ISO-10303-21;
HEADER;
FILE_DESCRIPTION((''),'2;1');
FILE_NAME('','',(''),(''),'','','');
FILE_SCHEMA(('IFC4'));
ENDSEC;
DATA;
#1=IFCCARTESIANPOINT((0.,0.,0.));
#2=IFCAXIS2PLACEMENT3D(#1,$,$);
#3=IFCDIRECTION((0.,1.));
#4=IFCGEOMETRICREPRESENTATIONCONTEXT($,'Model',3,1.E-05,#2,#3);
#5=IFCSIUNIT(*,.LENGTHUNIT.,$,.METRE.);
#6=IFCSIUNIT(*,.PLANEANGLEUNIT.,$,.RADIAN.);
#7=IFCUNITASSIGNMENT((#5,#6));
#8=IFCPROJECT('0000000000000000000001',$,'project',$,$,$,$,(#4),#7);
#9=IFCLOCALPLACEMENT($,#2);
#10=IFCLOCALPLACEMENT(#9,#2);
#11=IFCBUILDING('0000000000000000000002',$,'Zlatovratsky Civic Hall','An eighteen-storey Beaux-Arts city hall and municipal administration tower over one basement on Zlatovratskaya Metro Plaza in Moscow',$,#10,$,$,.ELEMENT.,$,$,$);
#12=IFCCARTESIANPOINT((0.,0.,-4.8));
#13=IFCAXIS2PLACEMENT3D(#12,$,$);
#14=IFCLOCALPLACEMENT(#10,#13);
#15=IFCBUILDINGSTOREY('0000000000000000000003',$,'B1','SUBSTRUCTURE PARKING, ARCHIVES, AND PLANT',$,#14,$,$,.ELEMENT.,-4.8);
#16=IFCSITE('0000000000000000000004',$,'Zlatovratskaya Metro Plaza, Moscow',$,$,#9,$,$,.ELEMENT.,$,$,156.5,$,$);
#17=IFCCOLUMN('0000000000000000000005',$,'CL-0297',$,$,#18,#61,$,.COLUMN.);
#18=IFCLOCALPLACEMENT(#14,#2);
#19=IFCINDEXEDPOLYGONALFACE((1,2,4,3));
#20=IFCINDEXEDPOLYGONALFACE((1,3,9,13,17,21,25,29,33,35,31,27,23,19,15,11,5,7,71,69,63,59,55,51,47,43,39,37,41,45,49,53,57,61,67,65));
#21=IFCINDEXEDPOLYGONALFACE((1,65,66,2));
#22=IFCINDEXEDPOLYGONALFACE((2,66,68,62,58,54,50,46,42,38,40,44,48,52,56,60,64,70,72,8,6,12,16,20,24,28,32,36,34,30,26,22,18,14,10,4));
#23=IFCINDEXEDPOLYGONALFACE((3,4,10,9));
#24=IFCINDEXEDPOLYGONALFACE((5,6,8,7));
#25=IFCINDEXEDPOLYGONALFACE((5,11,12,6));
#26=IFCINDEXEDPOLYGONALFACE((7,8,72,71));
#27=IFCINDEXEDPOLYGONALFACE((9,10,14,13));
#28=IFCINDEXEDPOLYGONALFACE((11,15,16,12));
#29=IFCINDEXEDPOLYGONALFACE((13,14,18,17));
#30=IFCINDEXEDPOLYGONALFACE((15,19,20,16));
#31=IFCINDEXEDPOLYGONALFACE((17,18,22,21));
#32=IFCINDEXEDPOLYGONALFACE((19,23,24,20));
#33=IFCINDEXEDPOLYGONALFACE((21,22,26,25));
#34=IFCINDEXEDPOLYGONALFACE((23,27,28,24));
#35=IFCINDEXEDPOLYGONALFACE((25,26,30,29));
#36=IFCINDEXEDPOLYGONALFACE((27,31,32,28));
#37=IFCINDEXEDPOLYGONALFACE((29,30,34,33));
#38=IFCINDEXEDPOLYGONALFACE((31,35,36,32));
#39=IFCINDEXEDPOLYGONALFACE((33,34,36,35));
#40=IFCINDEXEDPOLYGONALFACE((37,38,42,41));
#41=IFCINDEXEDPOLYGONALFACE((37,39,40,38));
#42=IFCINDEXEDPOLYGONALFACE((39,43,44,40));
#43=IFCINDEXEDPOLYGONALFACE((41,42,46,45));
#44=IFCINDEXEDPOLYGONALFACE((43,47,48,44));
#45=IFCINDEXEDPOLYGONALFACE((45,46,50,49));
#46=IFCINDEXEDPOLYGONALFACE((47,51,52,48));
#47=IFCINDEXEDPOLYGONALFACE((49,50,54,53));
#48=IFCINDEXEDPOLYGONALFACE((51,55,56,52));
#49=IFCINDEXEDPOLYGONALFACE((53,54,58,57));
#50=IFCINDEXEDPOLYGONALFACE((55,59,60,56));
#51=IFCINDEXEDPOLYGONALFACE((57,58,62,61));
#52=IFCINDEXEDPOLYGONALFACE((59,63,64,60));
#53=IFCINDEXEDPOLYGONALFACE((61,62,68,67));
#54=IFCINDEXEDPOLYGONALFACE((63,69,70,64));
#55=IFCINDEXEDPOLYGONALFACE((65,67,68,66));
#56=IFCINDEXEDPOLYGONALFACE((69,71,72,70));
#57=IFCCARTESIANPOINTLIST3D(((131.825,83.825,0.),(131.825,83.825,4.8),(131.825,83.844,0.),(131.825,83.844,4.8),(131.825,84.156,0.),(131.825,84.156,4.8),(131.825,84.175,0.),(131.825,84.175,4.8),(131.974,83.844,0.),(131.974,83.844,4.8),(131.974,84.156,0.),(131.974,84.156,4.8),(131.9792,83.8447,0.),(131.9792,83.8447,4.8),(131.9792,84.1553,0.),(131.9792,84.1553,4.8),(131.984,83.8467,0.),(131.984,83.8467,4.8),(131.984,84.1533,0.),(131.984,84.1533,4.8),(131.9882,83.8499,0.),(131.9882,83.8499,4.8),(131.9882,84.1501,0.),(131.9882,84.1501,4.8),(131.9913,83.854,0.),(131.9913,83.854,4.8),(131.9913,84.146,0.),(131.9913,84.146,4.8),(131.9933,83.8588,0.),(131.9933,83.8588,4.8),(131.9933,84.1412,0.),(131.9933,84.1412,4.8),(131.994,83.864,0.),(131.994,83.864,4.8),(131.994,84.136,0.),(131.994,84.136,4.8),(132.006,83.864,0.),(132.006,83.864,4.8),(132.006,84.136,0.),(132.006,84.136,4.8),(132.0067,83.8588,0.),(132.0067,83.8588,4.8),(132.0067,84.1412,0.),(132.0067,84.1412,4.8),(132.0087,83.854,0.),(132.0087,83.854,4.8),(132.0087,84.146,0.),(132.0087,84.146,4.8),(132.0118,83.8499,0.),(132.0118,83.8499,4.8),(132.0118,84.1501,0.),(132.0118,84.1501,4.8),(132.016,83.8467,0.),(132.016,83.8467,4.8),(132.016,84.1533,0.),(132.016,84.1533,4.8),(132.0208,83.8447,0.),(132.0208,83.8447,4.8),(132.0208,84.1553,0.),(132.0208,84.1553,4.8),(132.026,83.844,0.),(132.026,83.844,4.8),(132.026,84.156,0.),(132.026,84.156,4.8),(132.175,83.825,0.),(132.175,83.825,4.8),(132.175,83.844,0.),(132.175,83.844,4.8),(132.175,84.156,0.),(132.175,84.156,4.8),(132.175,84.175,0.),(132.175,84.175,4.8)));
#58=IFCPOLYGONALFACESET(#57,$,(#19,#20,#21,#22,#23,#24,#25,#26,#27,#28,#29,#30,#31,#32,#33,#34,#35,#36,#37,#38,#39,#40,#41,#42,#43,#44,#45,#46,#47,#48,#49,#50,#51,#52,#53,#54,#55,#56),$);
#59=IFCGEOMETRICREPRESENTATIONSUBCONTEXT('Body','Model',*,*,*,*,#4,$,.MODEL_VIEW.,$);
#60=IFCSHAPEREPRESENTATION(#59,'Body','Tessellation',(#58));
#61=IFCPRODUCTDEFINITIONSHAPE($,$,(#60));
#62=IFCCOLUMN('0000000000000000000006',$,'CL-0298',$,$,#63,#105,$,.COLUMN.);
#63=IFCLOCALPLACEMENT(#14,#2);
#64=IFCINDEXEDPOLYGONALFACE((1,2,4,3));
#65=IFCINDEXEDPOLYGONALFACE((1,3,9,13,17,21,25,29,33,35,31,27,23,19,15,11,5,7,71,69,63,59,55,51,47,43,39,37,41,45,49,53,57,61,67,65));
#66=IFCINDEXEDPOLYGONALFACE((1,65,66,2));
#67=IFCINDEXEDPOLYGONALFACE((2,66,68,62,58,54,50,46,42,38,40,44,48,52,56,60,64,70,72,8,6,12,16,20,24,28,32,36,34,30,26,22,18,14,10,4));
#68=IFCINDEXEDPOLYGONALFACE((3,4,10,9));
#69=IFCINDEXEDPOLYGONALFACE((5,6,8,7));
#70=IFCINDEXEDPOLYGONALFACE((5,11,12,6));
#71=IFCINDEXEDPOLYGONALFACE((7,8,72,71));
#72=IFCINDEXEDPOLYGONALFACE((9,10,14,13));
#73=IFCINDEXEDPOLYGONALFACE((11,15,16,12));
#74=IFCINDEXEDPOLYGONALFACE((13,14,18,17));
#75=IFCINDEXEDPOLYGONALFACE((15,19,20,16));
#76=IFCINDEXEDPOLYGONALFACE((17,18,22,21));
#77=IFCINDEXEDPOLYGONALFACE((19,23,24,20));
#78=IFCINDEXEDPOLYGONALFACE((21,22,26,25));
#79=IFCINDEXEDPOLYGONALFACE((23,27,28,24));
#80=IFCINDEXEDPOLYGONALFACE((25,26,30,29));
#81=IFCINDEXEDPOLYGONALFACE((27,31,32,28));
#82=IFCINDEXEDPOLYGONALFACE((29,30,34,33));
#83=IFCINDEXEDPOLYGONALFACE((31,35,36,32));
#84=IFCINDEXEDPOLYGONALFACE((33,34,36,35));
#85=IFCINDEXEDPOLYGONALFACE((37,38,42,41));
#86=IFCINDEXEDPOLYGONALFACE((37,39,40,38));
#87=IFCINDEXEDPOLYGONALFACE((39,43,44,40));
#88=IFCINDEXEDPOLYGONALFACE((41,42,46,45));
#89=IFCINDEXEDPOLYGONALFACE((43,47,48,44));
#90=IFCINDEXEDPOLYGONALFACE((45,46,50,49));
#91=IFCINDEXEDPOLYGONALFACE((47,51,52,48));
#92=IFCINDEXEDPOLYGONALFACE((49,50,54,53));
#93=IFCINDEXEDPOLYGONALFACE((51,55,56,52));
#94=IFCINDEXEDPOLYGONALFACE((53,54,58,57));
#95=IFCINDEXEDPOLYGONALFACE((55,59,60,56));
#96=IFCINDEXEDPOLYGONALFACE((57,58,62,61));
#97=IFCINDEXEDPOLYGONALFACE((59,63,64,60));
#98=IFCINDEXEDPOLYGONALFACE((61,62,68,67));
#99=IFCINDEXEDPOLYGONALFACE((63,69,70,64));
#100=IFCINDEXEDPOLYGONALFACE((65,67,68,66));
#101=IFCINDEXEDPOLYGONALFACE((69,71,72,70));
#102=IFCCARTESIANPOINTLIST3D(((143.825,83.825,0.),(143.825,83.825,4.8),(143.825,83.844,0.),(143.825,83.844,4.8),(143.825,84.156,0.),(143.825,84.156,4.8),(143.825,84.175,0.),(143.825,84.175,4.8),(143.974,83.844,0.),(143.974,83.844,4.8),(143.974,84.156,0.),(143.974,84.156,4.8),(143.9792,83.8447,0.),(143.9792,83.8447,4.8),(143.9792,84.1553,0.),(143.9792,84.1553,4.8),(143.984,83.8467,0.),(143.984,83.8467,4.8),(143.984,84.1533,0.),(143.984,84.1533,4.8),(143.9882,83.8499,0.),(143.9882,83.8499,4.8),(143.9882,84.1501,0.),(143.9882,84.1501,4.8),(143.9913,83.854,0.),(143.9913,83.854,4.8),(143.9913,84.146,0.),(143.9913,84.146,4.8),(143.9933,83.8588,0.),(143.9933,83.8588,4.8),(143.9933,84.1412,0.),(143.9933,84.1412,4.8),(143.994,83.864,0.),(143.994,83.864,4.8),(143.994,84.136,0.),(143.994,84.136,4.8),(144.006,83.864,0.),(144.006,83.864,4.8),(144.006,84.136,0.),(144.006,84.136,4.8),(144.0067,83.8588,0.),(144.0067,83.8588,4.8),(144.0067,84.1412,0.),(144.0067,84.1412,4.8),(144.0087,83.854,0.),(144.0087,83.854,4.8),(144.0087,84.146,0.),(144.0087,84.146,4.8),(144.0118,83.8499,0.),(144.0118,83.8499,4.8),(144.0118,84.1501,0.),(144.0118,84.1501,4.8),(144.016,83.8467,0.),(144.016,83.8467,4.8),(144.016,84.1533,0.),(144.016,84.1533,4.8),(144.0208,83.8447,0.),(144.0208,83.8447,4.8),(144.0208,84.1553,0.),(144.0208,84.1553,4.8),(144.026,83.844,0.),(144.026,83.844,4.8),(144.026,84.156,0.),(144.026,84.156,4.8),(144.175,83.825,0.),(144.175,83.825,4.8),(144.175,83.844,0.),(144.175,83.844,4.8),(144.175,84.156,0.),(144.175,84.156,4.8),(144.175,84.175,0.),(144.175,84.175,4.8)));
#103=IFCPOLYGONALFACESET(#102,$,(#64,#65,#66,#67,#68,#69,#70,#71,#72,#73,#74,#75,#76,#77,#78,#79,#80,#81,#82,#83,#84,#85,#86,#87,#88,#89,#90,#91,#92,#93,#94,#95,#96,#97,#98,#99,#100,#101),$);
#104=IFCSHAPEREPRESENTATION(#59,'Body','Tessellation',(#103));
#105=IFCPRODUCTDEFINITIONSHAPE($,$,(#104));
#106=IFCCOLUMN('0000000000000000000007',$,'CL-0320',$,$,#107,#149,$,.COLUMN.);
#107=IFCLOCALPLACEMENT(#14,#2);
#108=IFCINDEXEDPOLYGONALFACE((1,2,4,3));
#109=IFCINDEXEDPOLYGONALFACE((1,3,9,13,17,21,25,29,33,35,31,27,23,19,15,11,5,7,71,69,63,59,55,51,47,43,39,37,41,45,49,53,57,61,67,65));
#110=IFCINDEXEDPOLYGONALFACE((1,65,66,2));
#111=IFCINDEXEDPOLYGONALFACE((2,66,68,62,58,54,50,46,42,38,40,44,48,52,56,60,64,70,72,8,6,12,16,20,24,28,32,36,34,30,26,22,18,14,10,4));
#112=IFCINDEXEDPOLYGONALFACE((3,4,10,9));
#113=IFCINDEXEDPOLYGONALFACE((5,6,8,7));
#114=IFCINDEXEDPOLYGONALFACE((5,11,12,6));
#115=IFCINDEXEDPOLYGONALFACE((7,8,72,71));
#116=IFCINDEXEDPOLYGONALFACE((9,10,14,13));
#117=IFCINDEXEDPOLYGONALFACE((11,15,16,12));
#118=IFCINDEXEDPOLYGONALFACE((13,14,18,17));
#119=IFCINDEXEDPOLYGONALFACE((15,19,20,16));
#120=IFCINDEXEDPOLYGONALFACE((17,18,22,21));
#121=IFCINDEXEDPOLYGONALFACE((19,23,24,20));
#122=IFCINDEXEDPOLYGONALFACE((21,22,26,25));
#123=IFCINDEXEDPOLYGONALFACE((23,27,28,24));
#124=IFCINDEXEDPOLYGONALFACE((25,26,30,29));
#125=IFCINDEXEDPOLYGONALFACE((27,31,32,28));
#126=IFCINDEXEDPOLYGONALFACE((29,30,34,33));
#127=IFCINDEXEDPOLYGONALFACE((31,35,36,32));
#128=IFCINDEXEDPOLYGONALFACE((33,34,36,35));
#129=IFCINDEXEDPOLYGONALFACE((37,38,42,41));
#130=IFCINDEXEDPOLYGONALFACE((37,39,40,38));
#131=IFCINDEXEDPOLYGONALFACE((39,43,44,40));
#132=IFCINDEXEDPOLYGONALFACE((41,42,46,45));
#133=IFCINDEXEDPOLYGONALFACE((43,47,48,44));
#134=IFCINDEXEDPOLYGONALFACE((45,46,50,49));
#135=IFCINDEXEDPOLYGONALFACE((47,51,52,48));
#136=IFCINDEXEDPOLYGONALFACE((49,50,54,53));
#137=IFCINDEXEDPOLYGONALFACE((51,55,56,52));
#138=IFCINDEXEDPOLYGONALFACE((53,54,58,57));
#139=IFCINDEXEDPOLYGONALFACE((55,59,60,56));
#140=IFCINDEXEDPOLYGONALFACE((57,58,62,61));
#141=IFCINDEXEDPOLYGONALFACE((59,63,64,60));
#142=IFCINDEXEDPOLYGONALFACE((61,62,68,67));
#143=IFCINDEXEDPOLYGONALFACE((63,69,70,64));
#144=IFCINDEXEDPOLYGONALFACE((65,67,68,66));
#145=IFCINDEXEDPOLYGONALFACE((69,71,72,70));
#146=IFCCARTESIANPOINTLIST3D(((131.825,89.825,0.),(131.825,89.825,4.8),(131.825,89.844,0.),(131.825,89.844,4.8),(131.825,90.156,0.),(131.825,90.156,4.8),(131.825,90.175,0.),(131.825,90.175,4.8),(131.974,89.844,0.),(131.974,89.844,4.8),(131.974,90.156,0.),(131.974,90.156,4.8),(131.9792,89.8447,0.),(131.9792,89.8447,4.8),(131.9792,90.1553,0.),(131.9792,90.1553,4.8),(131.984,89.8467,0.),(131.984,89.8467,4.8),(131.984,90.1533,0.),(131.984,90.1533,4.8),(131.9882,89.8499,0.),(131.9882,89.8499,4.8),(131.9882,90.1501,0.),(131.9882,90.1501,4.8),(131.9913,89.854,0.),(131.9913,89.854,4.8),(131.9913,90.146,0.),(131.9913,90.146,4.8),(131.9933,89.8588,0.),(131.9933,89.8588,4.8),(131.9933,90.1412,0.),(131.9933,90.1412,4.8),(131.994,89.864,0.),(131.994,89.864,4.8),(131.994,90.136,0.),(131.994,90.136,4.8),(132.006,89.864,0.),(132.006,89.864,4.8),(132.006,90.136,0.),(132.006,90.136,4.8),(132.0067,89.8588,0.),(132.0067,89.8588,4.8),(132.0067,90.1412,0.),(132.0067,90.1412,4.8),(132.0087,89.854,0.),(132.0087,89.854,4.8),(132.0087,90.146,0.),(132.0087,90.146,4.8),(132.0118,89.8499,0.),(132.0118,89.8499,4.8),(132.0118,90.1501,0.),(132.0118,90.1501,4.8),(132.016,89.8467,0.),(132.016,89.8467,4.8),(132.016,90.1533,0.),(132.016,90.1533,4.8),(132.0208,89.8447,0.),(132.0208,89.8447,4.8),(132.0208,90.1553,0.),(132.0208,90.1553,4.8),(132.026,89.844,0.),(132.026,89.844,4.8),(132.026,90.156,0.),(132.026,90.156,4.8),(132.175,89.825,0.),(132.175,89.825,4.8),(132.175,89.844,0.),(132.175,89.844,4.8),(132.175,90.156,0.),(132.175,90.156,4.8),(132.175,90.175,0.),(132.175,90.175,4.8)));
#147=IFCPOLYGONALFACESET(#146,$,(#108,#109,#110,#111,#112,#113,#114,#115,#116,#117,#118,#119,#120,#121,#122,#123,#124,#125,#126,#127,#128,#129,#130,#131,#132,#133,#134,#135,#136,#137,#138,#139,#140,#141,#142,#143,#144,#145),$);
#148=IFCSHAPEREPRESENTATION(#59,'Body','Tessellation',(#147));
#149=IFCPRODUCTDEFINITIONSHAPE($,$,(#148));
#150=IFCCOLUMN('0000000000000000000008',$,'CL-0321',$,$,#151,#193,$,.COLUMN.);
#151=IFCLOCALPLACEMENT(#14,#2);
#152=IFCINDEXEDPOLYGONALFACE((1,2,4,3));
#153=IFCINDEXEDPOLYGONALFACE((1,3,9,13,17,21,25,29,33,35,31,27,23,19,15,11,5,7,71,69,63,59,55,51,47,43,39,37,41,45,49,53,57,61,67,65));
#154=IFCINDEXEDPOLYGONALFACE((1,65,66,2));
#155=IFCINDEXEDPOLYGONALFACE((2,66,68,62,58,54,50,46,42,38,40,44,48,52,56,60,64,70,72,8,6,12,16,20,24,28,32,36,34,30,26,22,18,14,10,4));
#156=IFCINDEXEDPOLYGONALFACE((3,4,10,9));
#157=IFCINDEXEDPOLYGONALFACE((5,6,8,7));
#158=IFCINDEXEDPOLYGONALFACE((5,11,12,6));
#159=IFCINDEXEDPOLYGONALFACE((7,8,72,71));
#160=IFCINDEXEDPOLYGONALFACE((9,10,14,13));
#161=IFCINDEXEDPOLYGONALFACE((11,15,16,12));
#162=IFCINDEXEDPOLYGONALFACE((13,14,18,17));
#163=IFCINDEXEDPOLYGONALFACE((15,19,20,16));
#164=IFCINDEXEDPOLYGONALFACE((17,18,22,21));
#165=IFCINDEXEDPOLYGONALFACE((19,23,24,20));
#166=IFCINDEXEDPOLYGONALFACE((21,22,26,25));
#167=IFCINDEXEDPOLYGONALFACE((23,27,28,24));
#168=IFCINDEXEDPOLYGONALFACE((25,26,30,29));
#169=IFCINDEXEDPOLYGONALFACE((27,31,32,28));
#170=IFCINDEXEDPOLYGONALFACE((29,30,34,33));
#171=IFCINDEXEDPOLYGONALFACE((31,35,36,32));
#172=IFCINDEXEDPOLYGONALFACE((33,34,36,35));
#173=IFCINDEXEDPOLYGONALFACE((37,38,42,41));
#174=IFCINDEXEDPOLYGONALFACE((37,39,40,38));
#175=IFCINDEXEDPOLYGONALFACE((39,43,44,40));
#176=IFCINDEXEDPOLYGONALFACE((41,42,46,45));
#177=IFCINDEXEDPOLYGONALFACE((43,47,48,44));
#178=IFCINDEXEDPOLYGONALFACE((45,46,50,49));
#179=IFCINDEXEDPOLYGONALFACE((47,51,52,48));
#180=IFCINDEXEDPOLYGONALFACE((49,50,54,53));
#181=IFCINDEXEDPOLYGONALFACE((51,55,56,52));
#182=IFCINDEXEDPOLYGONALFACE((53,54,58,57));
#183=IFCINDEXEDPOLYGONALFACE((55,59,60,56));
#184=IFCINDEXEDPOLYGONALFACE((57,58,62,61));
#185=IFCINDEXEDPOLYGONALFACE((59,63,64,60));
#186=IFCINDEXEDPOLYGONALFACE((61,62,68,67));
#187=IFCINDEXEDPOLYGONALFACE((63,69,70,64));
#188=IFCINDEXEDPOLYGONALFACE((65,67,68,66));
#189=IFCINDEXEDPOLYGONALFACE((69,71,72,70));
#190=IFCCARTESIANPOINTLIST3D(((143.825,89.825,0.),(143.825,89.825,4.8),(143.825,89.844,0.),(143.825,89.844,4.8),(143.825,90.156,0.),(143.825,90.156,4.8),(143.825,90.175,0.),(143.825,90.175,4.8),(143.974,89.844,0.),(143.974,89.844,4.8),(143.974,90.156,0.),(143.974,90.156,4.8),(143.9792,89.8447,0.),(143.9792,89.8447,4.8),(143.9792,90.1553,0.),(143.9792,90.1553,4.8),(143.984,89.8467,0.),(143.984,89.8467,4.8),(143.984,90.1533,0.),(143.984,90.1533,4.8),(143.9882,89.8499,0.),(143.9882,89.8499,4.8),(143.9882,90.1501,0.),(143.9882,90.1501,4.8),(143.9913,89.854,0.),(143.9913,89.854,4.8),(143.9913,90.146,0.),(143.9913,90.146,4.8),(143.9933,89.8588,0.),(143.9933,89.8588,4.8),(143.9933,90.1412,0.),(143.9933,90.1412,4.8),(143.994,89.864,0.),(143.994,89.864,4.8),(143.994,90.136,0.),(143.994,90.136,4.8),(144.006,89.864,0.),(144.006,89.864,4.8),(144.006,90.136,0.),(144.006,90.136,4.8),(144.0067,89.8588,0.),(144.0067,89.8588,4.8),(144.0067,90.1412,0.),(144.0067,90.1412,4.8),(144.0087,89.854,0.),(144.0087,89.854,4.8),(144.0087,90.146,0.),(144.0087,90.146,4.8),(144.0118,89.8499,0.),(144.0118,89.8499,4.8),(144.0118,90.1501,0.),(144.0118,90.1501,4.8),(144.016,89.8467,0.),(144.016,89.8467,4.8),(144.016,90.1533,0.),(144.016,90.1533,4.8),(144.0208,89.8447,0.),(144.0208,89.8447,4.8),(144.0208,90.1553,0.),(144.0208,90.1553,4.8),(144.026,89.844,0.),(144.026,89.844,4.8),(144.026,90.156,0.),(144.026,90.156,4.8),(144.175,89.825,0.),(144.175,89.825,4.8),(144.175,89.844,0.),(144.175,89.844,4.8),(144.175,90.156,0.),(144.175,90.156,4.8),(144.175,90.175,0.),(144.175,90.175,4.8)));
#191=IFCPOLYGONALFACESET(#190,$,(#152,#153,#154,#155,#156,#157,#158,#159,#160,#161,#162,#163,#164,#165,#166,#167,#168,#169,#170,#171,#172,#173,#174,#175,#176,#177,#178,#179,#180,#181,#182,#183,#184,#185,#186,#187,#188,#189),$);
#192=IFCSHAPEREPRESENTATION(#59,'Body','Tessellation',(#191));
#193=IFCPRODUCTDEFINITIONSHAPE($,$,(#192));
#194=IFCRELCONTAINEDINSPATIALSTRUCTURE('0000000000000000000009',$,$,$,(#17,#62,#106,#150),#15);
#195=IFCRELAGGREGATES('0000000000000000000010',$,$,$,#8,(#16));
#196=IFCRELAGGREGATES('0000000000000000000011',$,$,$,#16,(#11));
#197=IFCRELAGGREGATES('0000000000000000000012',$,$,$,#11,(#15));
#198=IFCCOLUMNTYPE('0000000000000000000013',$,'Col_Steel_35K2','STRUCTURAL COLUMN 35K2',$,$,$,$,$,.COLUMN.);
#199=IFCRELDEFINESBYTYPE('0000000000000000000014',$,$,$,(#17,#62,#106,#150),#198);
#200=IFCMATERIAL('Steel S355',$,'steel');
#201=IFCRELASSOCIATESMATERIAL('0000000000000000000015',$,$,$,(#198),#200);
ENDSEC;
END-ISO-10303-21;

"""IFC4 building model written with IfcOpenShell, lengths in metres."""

from ifc_helpers import new_model, si_unit, direction, frame, origin, origin_2d, place, context, subcontext, project, spatial, i_section, extrude, material, material_profile, profile_set, type_object, element, save


model = new_model("IFC4")

# Units and contexts
model_context = context("Model", 3, precision=1e-05, world=origin(), true_north=direction((0.0, 1.0)))
body_context = subcontext(model_context, "Body", "Model", "MODEL_VIEW")
ifc_project = project(units=[si_unit("LENGTHUNIT", "METRE"), si_unit("PLANEANGLEUNIT", "RADIAN")], contexts=[model_context])

# Site, building, storey
site_placement = place(None, origin())
site = spatial("IfcSite", under=ifc_project, at=site_placement, Name="Zlatovratskaya Metro Plaza, Moscow", CompositionType="ELEMENT", RefElevation=156.5)
building_placement = place(site_placement, origin())
building = spatial("IfcBuilding", under=site, at=building_placement, Name="Zlatovratsky Civic Hall", Description="An eighteen-storey Beaux-Arts city hall and municipal administration tower over one basement on Zlatovratskaya Metro Plaza in Moscow", CompositionType="ELEMENT")
storey_placement = place(building_placement, frame((0.0, 0.0, -4.8)))
storey = spatial("IfcBuildingStorey", under=building, at=storey_placement, Name="B1", Description="SUBSTRUCTURE PARKING, ARCHIVES, AND PLANT", CompositionType="ELEMENT", Elevation=-4.8)

# Columns
ifc_material_1 = material(Name="Steel S355", Category="steel")
ifc_material_profile_1 = material_profile(ifc_material_1, i_section(OverallWidth=0.3501, OverallDepth=0.3501, WebThickness=0.012, FlangeThickness=0.019, FilletRadius=0.02, at=origin_2d()), Name="35K2")
ifc_profile_set_1 = profile_set([ifc_material_profile_1], Name="Steel S355")
column_type = type_object("IfcColumnType", Name="Col_Steel_35K2", Description="STRUCTURAL COLUMN 35K2", PredefinedType="COLUMN", material=ifc_profile_set_1)
for number, where, z_axis, x_axis, name in (
    (1, (132.0, 84.0, 0.0), (0.0, 0.0, 1.0), (1.0, 0.0, 0.0), "CL-0297"),
    (2, (144.0, 84.0, 0.0), (0.0, 0.0, 1.0), (1.0, 0.0, 0.0), "CL-0298"),
    (3, (132.0, 90.0, 0.0), (0.0, 0.0, 1.0), (1.0, 0.0, 0.0), "CL-0320"),
    (4, (144.0, 90.0, 0.0), (0.0, 0.0, 1.0), (1.0, 0.0, 0.0), "CL-0321"),
):
    element("IfcColumn", number, at=place(storey_placement, frame(where, z_axis=z_axis, x_axis=x_axis)), inside=storey, type_object=column_type, Name=name, PredefinedType="COLUMN", context=body_context, shape_type="SweptSolid", body=[
        extrude(i_section(OverallWidth=0.3501, OverallDepth=0.3501, WebThickness=0.012, FlangeThickness=0.019, FilletRadius=0.02, at=origin_2d()), origin(), (0.0, 0.0, 1.0), 4.8),
    ])

save(model, "model.ifc")
